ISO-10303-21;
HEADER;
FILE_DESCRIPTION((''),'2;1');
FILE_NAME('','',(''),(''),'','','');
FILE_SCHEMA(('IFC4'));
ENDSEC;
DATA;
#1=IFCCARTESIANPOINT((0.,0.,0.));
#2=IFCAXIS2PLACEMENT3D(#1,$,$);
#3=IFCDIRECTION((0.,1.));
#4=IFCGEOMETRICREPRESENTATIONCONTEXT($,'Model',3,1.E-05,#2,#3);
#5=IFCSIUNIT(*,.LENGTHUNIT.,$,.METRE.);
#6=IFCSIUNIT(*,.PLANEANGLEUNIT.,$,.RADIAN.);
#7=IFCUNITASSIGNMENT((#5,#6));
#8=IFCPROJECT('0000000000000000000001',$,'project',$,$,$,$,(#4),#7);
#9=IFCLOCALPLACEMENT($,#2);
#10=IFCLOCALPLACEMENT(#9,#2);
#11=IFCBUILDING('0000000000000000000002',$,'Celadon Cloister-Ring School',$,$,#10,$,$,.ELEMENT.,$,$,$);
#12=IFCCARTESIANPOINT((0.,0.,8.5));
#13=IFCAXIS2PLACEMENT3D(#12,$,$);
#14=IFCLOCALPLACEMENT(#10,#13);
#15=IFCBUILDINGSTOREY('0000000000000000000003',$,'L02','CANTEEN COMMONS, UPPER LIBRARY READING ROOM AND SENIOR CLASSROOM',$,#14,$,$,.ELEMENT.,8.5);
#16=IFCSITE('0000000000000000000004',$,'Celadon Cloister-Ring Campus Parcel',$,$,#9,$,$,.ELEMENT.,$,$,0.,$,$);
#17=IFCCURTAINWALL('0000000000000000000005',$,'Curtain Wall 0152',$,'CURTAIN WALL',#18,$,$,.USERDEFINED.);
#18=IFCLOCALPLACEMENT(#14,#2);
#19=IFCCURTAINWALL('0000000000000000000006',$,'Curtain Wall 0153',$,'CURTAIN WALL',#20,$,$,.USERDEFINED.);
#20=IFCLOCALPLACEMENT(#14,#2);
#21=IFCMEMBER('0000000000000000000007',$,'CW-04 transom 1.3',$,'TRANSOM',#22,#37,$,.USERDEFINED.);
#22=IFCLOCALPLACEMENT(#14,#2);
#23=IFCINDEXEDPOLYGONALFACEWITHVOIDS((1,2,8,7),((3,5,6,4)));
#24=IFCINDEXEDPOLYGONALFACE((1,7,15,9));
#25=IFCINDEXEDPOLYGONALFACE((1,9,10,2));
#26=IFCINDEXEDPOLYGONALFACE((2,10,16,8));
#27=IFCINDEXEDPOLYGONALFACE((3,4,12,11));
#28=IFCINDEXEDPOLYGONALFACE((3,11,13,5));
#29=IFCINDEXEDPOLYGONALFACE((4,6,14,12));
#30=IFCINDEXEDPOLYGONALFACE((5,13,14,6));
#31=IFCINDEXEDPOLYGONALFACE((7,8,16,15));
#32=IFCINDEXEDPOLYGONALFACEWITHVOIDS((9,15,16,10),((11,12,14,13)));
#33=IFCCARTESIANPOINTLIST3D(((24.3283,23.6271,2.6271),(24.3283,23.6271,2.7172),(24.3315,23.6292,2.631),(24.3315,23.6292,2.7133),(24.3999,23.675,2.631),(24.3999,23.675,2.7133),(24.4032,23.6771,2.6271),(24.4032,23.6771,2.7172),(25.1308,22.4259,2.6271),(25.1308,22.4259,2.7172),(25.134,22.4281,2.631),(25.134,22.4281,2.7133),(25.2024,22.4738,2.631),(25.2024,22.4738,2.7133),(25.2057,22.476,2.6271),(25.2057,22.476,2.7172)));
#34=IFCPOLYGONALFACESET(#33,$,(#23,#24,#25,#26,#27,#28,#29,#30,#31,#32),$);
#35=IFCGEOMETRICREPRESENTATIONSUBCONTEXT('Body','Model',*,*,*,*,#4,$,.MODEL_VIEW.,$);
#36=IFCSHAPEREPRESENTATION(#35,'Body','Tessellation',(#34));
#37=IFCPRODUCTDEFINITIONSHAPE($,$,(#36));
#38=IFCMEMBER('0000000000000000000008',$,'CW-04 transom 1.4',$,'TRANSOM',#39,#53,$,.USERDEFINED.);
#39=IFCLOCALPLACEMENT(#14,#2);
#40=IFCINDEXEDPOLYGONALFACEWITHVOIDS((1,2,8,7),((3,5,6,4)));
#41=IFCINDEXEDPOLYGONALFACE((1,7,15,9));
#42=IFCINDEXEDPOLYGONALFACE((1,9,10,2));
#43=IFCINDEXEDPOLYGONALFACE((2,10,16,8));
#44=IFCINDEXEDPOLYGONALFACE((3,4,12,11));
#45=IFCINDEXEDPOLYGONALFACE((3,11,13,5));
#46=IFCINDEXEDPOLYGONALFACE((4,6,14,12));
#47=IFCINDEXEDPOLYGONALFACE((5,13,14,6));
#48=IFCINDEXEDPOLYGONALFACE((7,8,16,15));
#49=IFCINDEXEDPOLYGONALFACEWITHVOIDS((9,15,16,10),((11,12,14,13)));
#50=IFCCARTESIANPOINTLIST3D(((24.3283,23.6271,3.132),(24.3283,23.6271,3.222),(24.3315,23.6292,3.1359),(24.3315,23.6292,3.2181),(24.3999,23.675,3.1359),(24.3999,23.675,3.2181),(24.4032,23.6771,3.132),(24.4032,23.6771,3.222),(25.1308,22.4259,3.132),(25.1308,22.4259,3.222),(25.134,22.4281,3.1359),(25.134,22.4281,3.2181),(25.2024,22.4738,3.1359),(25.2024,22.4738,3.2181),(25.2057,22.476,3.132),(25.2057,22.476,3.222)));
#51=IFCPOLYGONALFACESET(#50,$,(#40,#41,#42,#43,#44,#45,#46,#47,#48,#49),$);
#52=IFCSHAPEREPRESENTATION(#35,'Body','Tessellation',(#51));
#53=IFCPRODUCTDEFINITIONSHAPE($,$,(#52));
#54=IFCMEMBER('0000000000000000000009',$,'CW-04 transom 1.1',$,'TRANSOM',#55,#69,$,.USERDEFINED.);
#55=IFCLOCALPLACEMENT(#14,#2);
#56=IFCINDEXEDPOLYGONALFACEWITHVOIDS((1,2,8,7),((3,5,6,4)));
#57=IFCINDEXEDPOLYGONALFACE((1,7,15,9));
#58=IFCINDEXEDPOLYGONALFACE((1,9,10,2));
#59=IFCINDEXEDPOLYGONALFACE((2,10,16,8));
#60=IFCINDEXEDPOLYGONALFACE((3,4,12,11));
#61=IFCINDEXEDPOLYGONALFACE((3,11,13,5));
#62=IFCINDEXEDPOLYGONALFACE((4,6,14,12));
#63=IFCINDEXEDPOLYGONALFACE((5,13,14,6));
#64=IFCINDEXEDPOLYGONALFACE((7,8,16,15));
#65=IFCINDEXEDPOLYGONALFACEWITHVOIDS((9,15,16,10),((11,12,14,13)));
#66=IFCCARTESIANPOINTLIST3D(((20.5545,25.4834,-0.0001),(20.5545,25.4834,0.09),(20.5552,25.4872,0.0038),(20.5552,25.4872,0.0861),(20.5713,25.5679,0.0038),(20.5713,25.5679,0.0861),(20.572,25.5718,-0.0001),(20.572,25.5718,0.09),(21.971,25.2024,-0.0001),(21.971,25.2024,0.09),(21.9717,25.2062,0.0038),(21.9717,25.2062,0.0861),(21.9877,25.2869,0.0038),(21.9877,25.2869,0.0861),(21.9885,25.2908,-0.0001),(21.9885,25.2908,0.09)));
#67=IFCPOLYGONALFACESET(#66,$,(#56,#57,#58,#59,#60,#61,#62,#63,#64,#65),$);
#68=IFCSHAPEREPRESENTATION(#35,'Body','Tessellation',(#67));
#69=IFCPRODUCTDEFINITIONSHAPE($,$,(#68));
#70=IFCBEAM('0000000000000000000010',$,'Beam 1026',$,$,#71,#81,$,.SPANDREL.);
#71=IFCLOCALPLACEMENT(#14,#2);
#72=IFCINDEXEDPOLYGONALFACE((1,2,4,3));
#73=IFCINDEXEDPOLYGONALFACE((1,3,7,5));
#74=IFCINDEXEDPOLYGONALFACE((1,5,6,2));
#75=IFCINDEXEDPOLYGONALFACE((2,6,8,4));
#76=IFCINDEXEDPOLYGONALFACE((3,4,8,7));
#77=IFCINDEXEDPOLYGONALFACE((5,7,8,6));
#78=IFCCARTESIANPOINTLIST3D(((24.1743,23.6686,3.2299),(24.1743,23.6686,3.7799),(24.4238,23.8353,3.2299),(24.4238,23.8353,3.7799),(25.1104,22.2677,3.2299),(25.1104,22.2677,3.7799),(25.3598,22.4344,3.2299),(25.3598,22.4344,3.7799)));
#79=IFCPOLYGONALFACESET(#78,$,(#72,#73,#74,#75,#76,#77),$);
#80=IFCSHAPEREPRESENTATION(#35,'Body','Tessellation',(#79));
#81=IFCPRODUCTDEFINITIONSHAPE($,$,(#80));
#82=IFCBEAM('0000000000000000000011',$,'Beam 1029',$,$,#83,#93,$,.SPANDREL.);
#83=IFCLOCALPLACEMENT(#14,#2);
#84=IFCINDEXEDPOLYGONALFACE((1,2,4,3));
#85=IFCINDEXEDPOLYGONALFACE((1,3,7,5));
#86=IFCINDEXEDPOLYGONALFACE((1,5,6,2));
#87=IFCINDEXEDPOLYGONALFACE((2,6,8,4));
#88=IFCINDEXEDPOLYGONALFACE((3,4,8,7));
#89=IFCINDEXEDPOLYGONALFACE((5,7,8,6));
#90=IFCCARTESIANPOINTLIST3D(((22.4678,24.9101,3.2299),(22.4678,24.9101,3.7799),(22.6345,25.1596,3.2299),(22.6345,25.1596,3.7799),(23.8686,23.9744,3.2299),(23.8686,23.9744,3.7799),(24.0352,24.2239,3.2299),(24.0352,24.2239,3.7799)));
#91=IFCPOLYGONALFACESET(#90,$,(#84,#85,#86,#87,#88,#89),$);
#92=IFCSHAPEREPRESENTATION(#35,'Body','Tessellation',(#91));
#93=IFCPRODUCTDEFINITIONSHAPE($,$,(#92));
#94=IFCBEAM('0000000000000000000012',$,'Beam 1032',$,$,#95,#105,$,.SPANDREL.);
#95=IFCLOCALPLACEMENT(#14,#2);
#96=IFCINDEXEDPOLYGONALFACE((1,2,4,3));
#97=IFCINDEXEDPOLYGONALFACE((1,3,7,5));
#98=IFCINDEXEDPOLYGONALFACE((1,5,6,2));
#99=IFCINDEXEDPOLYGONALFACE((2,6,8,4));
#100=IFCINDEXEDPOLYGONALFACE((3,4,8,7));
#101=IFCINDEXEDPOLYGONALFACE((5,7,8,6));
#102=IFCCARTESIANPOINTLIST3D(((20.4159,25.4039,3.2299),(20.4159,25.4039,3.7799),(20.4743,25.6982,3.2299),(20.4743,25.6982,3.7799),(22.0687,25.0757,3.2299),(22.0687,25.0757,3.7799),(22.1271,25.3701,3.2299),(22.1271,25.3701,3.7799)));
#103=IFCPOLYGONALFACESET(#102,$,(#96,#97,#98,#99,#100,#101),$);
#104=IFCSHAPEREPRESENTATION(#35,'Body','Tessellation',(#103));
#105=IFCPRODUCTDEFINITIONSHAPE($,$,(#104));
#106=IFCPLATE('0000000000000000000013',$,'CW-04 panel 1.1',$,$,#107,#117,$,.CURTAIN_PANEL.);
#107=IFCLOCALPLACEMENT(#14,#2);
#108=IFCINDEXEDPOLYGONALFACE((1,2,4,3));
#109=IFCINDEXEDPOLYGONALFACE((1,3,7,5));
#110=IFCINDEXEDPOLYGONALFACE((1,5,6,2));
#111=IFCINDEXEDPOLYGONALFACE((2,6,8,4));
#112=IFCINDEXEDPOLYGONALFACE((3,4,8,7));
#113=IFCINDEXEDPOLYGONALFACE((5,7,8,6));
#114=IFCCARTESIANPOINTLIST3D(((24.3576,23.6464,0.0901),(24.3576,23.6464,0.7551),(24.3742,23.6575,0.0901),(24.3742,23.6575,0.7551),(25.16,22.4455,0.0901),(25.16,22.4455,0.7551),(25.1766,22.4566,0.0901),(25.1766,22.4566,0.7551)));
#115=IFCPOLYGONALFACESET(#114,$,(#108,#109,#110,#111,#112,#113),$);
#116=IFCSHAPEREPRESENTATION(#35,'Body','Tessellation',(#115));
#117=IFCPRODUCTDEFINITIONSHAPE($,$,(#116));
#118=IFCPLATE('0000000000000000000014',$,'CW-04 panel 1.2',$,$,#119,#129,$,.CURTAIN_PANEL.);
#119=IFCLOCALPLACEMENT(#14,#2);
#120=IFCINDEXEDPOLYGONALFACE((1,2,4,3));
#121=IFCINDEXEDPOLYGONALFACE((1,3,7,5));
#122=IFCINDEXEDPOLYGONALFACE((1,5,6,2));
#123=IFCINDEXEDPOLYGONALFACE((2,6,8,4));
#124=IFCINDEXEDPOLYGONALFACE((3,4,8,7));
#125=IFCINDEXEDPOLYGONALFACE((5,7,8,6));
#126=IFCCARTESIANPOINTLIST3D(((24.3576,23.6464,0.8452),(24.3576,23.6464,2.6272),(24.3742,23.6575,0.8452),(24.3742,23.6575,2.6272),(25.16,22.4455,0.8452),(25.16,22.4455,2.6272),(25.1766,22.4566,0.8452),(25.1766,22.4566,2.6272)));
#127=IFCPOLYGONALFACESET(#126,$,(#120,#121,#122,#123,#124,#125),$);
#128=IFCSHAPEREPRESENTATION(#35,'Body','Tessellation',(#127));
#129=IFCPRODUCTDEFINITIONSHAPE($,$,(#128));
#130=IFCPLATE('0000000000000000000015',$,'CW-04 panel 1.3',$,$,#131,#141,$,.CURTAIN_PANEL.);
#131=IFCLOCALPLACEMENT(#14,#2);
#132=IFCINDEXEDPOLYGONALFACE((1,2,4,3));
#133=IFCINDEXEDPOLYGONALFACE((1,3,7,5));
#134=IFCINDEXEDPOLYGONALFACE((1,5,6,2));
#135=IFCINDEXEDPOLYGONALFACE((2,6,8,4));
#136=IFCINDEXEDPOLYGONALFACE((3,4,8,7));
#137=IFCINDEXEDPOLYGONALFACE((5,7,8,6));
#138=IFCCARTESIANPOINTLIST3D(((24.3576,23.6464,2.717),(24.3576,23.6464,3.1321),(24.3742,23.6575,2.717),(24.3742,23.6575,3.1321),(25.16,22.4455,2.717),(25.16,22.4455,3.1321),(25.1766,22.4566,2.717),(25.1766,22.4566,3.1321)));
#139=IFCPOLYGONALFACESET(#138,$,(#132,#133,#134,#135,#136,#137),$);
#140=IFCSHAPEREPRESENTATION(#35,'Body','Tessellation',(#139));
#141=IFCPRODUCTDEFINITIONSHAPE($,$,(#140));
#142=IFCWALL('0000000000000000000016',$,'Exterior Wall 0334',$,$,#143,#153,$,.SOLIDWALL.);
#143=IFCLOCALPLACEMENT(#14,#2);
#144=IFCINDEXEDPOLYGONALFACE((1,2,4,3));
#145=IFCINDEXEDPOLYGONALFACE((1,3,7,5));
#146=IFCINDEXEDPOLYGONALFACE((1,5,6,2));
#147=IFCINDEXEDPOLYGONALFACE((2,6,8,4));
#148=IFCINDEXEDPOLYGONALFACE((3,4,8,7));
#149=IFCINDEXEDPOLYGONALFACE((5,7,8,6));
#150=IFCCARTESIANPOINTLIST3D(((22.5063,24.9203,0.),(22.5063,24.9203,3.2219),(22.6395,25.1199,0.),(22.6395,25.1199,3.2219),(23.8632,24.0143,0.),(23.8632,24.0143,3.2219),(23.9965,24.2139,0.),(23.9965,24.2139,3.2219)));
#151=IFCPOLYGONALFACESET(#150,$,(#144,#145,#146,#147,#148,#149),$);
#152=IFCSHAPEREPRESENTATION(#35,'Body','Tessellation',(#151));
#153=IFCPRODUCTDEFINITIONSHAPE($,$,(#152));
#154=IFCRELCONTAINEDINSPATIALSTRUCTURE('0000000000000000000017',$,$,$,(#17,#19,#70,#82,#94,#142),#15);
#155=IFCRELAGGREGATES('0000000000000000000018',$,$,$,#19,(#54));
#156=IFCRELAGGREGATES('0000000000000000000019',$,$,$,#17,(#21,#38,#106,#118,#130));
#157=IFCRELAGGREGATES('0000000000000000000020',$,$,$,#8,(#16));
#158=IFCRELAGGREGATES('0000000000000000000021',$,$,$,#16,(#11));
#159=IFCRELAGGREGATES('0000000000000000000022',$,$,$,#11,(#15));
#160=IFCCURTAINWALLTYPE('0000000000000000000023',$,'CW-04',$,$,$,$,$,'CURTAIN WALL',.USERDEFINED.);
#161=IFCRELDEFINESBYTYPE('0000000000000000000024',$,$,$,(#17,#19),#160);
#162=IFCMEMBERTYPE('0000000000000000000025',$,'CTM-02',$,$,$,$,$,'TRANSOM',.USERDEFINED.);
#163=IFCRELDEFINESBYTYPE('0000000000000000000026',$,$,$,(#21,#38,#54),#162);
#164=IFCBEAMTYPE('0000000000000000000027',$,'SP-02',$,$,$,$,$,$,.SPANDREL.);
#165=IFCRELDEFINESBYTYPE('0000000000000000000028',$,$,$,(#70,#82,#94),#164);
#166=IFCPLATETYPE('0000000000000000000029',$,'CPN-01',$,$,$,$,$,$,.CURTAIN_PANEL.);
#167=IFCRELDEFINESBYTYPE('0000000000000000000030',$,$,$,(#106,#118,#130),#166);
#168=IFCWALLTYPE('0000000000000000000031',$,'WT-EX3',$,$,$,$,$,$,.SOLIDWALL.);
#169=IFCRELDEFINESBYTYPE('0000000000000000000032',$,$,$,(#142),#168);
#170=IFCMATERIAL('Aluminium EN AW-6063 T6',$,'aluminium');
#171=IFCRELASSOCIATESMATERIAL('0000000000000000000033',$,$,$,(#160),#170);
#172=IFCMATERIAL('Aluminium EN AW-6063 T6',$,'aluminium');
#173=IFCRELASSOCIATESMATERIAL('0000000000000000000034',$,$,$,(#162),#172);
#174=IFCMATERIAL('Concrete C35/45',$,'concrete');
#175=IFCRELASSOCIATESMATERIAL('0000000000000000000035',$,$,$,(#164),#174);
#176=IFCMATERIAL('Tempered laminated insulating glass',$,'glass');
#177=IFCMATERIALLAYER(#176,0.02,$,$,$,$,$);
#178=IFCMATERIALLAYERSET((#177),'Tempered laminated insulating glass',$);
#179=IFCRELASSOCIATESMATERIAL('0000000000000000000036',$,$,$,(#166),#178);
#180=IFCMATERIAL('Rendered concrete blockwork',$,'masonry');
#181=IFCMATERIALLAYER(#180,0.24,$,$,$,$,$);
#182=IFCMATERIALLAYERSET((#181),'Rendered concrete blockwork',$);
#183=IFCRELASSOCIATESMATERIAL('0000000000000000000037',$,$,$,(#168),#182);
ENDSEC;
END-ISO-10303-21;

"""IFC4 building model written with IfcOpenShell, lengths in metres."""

from ifc_helpers import new_model, si_unit, direction, frame, frame_2d, origin, origin_2d, place, context, subcontext, project, spatial, rectangle, hollow_rectangle, extrude, material, layer, layer_set, material_profile, profile_set, type_object, element, aggregate, save


model = new_model("IFC4")

# Units and contexts
model_context = context("Model", 3, precision=1e-05, world=origin(), true_north=direction((0.0, 1.0)))
body_context = subcontext(model_context, "Body", "Model", "MODEL_VIEW")
ifc_project = project(units=[si_unit("LENGTHUNIT", "METRE"), si_unit("PLANEANGLEUNIT", "RADIAN")], contexts=[model_context])

# Site, building, storey
site_placement = place(None, origin())
site = spatial("IfcSite", under=ifc_project, at=site_placement, Name="Celadon Cloister-Ring Campus Parcel", CompositionType="ELEMENT", RefElevation=0.0)
building_placement = place(site_placement, origin())
building = spatial("IfcBuilding", under=site, at=building_placement, Name="Celadon Cloister-Ring School", CompositionType="ELEMENT")
storey_placement = place(building_placement, frame((0.0, 0.0, 8.5)))
storey = spatial("IfcBuildingStorey", under=building, at=storey_placement, Name="L02", Description="CANTEEN COMMONS, UPPER LIBRARY READING ROOM AND SENIOR CLASSROOM", CompositionType="ELEMENT", Elevation=8.5)

# Curtain wall
ifc_material_1 = material(Name="Aluminium EN AW-6063 T6", Category="aluminium")
curtain_wall_type = type_object("IfcCurtainWallType", Name="CW-04", ElementType="CURTAIN WALL", PredefinedType="USERDEFINED", material=ifc_material_1)
curtain_wall_1_placement = place(storey_placement, origin())
curtain_wall_1 = element("IfcCurtainWall", 1, at=curtain_wall_1_placement, inside=storey, type_object=curtain_wall_type, Name="Curtain Wall 0152", ObjectType="CURTAIN WALL", PredefinedType="USERDEFINED")

# Curtain wall
curtain_wall_2_placement = place(storey_placement, origin())
curtain_wall_2 = element("IfcCurtainWall", 2, at=curtain_wall_2_placement, inside=storey, type_object=curtain_wall_type, Name="Curtain Wall 0153", ObjectType="CURTAIN WALL", PredefinedType="USERDEFINED")

# Members
ifc_material_2 = material(Name="Aluminium EN AW-6063 T6", Category="aluminium")
ifc_material_profile_1 = material_profile(ifc_material_2, hollow_rectangle(XDim=0.0901, YDim=0.0901, WallThickness=0.0039, at=origin_2d()), Name="RHS90X90X4")
ifc_profile_set_1 = profile_set([ifc_material_profile_1], Name="Aluminium EN AW-6063 T6")
member_type_1 = type_object("IfcMemberType", Name="CTM-02", ElementType="TRANSOM", PredefinedType="USERDEFINED", material=ifc_profile_set_1)
member_1_placement = place(storey_placement, frame((25.1682, 22.4509, 2.6721), z_axis=(-0.555519, 0.831504, 0.0), x_axis=(-0.831504, -0.555519, 0.0)))
member_1 = element("IfcMember", 3, at=member_1_placement, type_object=member_type_1, Name="CW-04 transom 1.3", ObjectType="TRANSOM", PredefinedType="USERDEFINED", context=body_context, shape_type="SweptSolid", body=[
    extrude(hollow_rectangle(XDim=0.0901, YDim=0.0901, WallThickness=0.0039, at=origin_2d()), origin(), (0.0, 0.0, 1.0), 1.4446),
])
member_2_placement = place(storey_placement, frame((25.1682, 22.4509, 3.177), z_axis=(-0.555519, 0.831504, 0.0), x_axis=(-0.831504, -0.555519, 0.0)))
member_2 = element("IfcMember", 4, at=member_2_placement, type_object=member_type_1, Name="CW-04 transom 1.4", ObjectType="TRANSOM", PredefinedType="USERDEFINED", context=body_context, shape_type="SweptSolid", body=[
    extrude(hollow_rectangle(XDim=0.0901, YDim=0.0901, WallThickness=0.0039, at=origin_2d()), origin(), (0.0, 0.0, 1.0), 1.4446),
])
member_3_placement = place(storey_placement, frame((21.9797, 25.2466, 0.0449), z_axis=(-0.980885, 0.194588, 0.0), x_axis=(-0.194588, -0.980885, 0.0)))
member_3 = element("IfcMember", 5, at=member_3_placement, type_object=member_type_1, Name="CW-04 transom 1.1", ObjectType="TRANSOM", PredefinedType="USERDEFINED", context=body_context, shape_type="SweptSolid", body=[
    extrude(hollow_rectangle(XDim=0.0901, YDim=0.0901, WallThickness=0.0039, at=origin_2d()), origin(), (0.0, 0.0, 1.0), 1.4441),
])
aggregate(curtain_wall_2, [member_3])

# Beams
ifc_material_3 = material(Name="Concrete C35/45", Category="concrete")
ifc_material_profile_2 = material_profile(ifc_material_3, rectangle(XDim=0.3, YDim=0.55, at=origin_2d()), Name="RC300X550")
ifc_profile_set_2 = profile_set([ifc_material_profile_2], Name="Concrete C35/45")
beam_type = type_object("IfcBeamType", Name="SP-02", PredefinedType="SPANDREL", material=ifc_profile_set_2)
beam_1_placement = place(storey_placement, frame((25.2351, 22.3511, 3.5049), z_axis=(-0.555569, 0.83147, 0.0), x_axis=(-0.83147, -0.555569, 0.0)))
element("IfcBeam", 6, at=beam_1_placement, inside=storey, type_object=beam_type, Name="Beam 1026", PredefinedType="SPANDREL", context=body_context, shape_type="SweptSolid", body=[
    extrude(rectangle(XDim=0.3, YDim=0.55, at=origin_2d()), origin(), (0.0, 0.0, 1.0), 1.6848),
])
beam_2_placement = place(storey_placement, frame((23.9519, 24.0991, 3.5049), z_axis=(-0.831537, 0.555469, 0.0), x_axis=(-0.555469, -0.831537, 0.0)))
element("IfcBeam", 7, at=beam_2_placement, inside=storey, type_object=beam_type, Name="Beam 1029", PredefinedType="SPANDREL", context=body_context, shape_type="SweptSolid", body=[
    extrude(rectangle(XDim=0.3, YDim=0.55, at=origin_2d()), origin(), (0.0, 0.0, 1.0), 1.6846),
])
beam_3_placement = place(storey_placement, frame((22.0979, 25.2229, 3.5049), z_axis=(-0.980858, 0.194723, 0.0), x_axis=(-0.194723, -0.980858, 0.0)))
element("IfcBeam", 8, at=beam_3_placement, inside=storey, type_object=beam_type, Name="Beam 1032", PredefinedType="SPANDREL", context=body_context, shape_type="SweptSolid", body=[
    extrude(rectangle(XDim=0.3, YDim=0.55, at=origin_2d()), origin(), (0.0, 0.0, 1.0), 1.6851),
])

# Plates
ifc_material_4 = material(Name="Tempered laminated insulating glass", Category="glass")
ifc_layer_1 = layer(ifc_material_4, 0.02)
ifc_layer_set_1 = layer_set([ifc_layer_1], Name="Tempered laminated insulating glass")
plate_type = type_object("IfcPlateType", Name="CPN-01", PredefinedType="CURTAIN_PANEL", material=ifc_layer_set_1)
plate_1_placement = place(storey_placement, frame((24.7671, 23.0515, 0.0901), z_axis=(0.0, 0.0, 1.0), x_axis=(-0.555547, 0.831485, 0.0)))
plate_1 = element("IfcPlate", 9, at=plate_1_placement, type_object=plate_type, Name="CW-04 panel 1.1", PredefinedType="CURTAIN_PANEL", context=body_context, shape_type="SweptSolid", body=[
    extrude(rectangle(XDim=1.4443, YDim=0.02, at=origin_2d()), origin(), (0.0, 0.0, 1.0), 0.665),
])
plate_2_placement = place(storey_placement, frame((24.7671, 23.0515, 0.8452), z_axis=(0.0, 0.0, 1.0), x_axis=(-0.555547, 0.831485, 0.0)))
plate_2 = element("IfcPlate", 10, at=plate_2_placement, type_object=plate_type, Name="CW-04 panel 1.2", PredefinedType="CURTAIN_PANEL", context=body_context, shape_type="SweptSolid", body=[
    extrude(rectangle(XDim=1.4443, YDim=0.02, at=origin_2d()), origin(), (0.0, 0.0, 1.0), 1.782),
])
plate_3_placement = place(storey_placement, frame((24.7671, 23.0515, 2.717), z_axis=(0.0, 0.0, 1.0), x_axis=(-0.555547, 0.831485, 0.0)))
plate_3 = element("IfcPlate", 11, at=plate_3_placement, type_object=plate_type, Name="CW-04 panel 1.3", PredefinedType="CURTAIN_PANEL", context=body_context, shape_type="SweptSolid", body=[
    extrude(rectangle(XDim=1.4443, YDim=0.02, at=origin_2d()), origin(), (0.0, 0.0, 1.0), 0.415),
])
aggregate(curtain_wall_1, [member_1, member_2, plate_1, plate_2, plate_3])

# Wall
ifc_material_5 = material(Name="Rendered concrete blockwork", Category="masonry")
ifc_layer_2 = layer(ifc_material_5, 0.24)
ifc_layer_set_2 = layer_set([ifc_layer_2], Name="Rendered concrete blockwork")
wall_type = type_object("IfcWallType", Name="WT-EX3", PredefinedType="SOLIDWALL", material=ifc_layer_set_2)
wall_placement = place(storey_placement, frame((23.9299, 24.114, 0.0), z_axis=(0.0, 0.0, 1.0), x_axis=(-0.831659, 0.555287, 0.0)))
element("IfcWall", 12, at=wall_placement, inside=storey, type_object=wall_type, Name="Exterior Wall 0334", PredefinedType="SOLIDWALL", context=body_context, shape_type="SweptSolid", body=[
    extrude(rectangle(XDim=1.6316, YDim=0.24, at=frame_2d((0.8159, 0.0))), origin(), (0.0, 0.0, 1.0), 3.2219),
])

save(model, "model.ifc")
